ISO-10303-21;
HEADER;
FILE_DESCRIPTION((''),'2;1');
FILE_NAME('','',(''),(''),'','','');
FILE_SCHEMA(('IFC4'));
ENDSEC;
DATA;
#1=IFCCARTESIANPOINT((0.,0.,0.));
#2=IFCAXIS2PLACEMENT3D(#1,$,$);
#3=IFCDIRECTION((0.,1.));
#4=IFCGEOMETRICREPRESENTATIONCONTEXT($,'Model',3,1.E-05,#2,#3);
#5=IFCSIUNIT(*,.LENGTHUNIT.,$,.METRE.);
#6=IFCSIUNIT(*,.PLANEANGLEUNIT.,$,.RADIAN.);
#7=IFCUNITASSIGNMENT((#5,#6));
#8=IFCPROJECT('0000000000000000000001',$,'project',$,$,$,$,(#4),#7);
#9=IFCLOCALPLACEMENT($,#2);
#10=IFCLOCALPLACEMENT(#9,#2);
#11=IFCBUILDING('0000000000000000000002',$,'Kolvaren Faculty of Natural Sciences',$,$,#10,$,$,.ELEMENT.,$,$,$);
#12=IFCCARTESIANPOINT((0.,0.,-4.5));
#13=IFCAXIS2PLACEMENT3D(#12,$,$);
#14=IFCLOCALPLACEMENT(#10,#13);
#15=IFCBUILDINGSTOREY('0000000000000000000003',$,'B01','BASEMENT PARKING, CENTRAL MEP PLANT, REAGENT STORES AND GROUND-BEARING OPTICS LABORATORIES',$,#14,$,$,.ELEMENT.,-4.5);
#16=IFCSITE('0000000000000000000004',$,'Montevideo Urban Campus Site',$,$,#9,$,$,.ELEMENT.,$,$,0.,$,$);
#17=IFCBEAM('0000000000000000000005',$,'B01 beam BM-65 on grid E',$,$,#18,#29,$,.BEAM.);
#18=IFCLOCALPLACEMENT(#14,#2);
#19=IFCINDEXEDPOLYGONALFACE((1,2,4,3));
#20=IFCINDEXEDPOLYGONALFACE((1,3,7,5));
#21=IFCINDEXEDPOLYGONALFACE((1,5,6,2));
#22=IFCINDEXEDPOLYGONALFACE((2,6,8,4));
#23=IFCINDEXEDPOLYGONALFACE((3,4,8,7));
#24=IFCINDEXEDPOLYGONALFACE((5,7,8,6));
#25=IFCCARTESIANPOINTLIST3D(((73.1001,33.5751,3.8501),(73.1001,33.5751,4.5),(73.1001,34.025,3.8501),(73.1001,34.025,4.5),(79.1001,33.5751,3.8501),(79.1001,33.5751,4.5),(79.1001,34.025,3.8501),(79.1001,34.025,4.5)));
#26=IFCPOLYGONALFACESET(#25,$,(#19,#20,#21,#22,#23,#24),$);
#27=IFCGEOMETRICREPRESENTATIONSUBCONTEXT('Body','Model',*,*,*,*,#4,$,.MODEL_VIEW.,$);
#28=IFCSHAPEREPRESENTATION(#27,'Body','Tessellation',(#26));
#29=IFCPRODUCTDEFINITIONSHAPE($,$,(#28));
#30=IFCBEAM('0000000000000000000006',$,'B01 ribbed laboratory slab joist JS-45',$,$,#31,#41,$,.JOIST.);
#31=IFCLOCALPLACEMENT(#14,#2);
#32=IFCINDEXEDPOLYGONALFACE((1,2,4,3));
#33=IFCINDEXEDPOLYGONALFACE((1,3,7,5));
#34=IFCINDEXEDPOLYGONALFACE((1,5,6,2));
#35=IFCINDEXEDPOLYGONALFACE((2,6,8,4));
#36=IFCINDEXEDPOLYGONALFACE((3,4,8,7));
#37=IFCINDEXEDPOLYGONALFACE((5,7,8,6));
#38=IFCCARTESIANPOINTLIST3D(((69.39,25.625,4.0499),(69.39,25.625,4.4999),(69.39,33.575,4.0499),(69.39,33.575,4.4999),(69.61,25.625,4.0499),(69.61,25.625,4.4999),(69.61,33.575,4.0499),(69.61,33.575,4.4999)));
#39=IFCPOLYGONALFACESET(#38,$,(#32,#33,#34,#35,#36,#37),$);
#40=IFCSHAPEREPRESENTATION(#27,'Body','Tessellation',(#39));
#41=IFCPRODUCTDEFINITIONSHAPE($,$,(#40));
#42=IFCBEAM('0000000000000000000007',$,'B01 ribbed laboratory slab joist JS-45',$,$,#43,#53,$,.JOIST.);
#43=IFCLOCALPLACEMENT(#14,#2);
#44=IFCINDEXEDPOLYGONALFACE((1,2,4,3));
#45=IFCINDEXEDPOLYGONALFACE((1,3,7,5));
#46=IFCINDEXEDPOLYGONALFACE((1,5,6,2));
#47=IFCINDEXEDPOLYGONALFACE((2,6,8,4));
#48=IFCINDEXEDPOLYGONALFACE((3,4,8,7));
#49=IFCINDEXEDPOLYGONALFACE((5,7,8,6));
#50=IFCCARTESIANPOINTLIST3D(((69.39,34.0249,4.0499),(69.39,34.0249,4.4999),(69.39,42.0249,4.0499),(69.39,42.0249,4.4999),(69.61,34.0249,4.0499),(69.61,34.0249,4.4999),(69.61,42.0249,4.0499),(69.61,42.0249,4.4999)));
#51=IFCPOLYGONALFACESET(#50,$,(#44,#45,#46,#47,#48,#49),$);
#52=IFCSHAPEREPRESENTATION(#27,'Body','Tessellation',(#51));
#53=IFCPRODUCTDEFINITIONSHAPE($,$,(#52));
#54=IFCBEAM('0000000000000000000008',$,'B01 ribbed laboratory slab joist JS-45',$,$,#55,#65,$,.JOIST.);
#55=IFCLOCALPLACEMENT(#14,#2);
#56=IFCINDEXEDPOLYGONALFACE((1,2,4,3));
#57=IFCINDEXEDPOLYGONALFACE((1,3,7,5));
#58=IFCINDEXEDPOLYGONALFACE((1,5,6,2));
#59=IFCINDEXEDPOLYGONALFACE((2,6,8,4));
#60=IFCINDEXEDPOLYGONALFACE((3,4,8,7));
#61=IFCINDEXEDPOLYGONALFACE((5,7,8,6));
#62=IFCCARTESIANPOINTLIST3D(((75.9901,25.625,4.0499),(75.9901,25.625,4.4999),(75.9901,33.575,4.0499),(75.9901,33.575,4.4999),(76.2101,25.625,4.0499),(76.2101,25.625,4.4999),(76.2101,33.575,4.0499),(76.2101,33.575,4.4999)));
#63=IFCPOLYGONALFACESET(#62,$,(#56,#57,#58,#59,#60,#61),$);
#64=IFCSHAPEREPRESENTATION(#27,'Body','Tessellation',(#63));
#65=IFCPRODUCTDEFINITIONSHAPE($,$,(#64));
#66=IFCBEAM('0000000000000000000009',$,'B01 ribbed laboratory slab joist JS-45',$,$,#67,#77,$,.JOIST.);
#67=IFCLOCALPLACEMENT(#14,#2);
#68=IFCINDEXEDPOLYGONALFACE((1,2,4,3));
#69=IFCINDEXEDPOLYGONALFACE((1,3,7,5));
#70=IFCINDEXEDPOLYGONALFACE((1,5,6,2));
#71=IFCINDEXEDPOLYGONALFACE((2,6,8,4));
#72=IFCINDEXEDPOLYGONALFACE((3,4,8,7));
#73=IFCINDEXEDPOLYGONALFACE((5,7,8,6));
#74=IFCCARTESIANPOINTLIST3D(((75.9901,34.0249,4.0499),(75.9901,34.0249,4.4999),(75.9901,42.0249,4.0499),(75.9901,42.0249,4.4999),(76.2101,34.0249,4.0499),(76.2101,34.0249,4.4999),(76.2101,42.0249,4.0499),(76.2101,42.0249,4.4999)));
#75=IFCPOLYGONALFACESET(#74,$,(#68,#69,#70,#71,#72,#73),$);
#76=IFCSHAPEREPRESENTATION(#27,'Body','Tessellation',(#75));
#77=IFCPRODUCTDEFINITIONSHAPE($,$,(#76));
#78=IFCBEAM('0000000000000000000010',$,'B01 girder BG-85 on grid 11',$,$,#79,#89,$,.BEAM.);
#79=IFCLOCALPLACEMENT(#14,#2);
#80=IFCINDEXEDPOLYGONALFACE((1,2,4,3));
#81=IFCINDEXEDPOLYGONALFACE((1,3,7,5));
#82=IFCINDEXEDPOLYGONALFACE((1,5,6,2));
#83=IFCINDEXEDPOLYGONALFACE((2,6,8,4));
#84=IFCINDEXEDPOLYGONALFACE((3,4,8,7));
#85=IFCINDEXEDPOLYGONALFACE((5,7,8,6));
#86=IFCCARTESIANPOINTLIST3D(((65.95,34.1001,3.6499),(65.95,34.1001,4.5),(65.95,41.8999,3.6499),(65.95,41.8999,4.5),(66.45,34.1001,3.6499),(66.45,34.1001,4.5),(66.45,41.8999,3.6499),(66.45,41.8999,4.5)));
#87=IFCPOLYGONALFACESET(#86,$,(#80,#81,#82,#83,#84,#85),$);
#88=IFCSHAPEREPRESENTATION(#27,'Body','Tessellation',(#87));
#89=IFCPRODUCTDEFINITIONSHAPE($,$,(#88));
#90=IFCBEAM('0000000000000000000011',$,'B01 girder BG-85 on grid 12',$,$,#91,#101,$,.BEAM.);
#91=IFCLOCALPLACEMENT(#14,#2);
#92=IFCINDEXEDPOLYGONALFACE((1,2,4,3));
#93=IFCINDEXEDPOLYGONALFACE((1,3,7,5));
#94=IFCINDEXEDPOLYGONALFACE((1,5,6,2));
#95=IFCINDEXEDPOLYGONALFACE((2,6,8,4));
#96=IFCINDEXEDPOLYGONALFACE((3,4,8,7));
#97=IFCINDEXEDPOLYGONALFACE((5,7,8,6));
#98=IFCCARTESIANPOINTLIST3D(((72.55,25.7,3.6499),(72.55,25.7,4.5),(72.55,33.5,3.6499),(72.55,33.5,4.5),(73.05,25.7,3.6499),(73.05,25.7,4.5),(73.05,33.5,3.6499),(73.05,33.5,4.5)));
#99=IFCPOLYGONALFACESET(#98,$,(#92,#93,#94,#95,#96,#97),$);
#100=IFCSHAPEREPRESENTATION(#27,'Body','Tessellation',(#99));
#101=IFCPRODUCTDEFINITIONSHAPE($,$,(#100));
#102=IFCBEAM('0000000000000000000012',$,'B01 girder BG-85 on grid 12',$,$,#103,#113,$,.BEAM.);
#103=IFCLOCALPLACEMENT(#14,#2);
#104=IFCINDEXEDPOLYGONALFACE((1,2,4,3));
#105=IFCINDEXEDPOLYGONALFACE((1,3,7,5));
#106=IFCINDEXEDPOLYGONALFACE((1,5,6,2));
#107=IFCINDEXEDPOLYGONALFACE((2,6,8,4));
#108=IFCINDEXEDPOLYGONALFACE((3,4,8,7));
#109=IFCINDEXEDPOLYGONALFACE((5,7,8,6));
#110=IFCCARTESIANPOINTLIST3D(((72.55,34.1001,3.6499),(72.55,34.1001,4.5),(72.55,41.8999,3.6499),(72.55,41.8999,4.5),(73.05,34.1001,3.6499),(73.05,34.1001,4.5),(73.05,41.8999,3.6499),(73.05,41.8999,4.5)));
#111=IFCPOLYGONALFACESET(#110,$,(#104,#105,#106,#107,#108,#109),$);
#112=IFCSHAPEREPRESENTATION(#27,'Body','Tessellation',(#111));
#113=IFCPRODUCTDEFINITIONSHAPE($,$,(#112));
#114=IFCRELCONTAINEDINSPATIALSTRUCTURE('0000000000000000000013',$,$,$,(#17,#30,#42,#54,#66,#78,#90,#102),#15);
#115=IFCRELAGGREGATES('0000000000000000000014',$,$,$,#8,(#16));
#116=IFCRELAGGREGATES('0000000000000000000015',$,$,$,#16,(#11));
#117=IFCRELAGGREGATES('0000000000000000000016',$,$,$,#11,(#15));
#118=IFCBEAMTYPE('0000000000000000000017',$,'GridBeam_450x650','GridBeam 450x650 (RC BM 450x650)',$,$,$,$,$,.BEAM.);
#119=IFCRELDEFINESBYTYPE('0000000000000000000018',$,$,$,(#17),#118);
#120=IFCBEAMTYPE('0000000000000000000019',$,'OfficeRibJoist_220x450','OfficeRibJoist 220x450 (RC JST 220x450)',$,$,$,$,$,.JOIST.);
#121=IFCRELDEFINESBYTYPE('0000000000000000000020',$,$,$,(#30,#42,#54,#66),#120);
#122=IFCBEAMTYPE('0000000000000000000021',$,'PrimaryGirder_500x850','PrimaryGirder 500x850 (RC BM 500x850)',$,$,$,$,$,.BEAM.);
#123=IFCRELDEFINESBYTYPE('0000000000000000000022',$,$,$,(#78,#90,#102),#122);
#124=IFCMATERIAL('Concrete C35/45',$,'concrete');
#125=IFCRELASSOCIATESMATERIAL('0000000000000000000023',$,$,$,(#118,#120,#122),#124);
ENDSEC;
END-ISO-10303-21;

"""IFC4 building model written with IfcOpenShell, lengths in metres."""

from ifc_helpers import new_model, si_unit, direction, frame, origin, origin_2d, place, context, subcontext, project, spatial, rectangle, extrude, material, material_profile, profile_set, type_object, element, save


model = new_model("IFC4")

# Units and contexts
model_context = context("Model", 3, precision=1e-05, world=origin(), true_north=direction((0.0, 1.0)))
body_context = subcontext(model_context, "Body", "Model", "MODEL_VIEW")
ifc_project = project(units=[si_unit("LENGTHUNIT", "METRE"), si_unit("PLANEANGLEUNIT", "RADIAN")], contexts=[model_context])

# Site, building, storey
site_placement = place(None, origin())
site = spatial("IfcSite", under=ifc_project, at=site_placement, Name="Montevideo Urban Campus Site", CompositionType="ELEMENT", RefElevation=0.0)
building_placement = place(site_placement, origin())
building = spatial("IfcBuilding", under=site, at=building_placement, Name="Kolvaren Faculty of Natural Sciences", CompositionType="ELEMENT")
storey_placement = place(building_placement, frame((0.0, 0.0, -4.5)))
storey = spatial("IfcBuildingStorey", under=building, at=storey_placement, Name="B01", Description="BASEMENT PARKING, CENTRAL MEP PLANT, REAGENT STORES AND GROUND-BEARING OPTICS LABORATORIES", CompositionType="ELEMENT", Elevation=-4.5)

# Shared definitions
ifc_material = material(Name="Concrete C35/45", Category="concrete")

# Beams
ifc_material_profile_1 = material_profile(ifc_material, rectangle(XDim=0.45, YDim=0.6499, at=origin_2d()), Name="RC BM 450x650")
ifc_profile_set_1 = profile_set([ifc_material_profile_1], Name="Concrete C35/45")
beam_type_1 = type_object("IfcBeamType", Name="GridBeam_450x650", Description="GridBeam 450x650 (RC BM 450x650)", PredefinedType="BEAM", material=ifc_profile_set_1)
for number, where, z_axis, x_axis, name in (
    (1, (73.1001, 33.8, 4.175), (1.0, 0.0, 0.0), (0.0, 1.0, 0.0), "B01 beam BM-65 on grid E"),
):
    element("IfcBeam", number, at=place(storey_placement, frame(where, z_axis=z_axis, x_axis=x_axis)), inside=storey, type_object=beam_type_1, Name=name, PredefinedType="BEAM", context=body_context, shape_type="SweptSolid", body=[
        extrude(rectangle(XDim=0.45, YDim=0.6499, at=origin_2d()), origin(), (0.0, 0.0, 1.0), 6.0),
    ])
ifc_material_profile_2 = material_profile(ifc_material, rectangle(XDim=0.22, YDim=0.45, at=origin_2d()), Name="RC JST 220x450")
ifc_profile_set_2 = profile_set([ifc_material_profile_2], Name="Concrete C35/45")
beam_type_2 = type_object("IfcBeamType", Name="OfficeRibJoist_220x450", Description="OfficeRibJoist 220x450 (RC JST 220x450)", PredefinedType="JOIST", material=ifc_profile_set_2)
beam_1_placement = place(storey_placement, frame((69.5, 25.625, 4.2749), z_axis=(0.0, 1.0, 0.0), x_axis=(-1.0, 0.0, 0.0)))
element("IfcBeam", 2, at=beam_1_placement, inside=storey, type_object=beam_type_2, Name="B01 ribbed laboratory slab joist JS-45", PredefinedType="JOIST", context=body_context, shape_type="SweptSolid", body=[
    extrude(rectangle(XDim=0.22, YDim=0.45, at=origin_2d()), origin(), (0.0, 0.0, 1.0), 7.95),
])
beam_2_placement = place(storey_placement, frame((69.5, 34.0249, 4.2749), z_axis=(0.0, 1.0, 0.0), x_axis=(-1.0, 0.0, 0.0)))
element("IfcBeam", 3, at=beam_2_placement, inside=storey, type_object=beam_type_2, Name="B01 ribbed laboratory slab joist JS-45", PredefinedType="JOIST", context=body_context, shape_type="SweptSolid", body=[
    extrude(rectangle(XDim=0.22, YDim=0.45, at=origin_2d()), origin(), (0.0, 0.0, 1.0), 8.0),
])
beam_3_placement = place(storey_placement, frame((76.1001, 25.625, 4.2749), z_axis=(0.0, 1.0, 0.0), x_axis=(-1.0, 0.0, 0.0)))
element("IfcBeam", 4, at=beam_3_placement, inside=storey, type_object=beam_type_2, Name="B01 ribbed laboratory slab joist JS-45", PredefinedType="JOIST", context=body_context, shape_type="SweptSolid", body=[
    extrude(rectangle(XDim=0.22, YDim=0.45, at=origin_2d()), origin(), (0.0, 0.0, 1.0), 7.95),
])
beam_4_placement = place(storey_placement, frame((76.1001, 34.0249, 4.2749), z_axis=(0.0, 1.0, 0.0), x_axis=(-1.0, 0.0, 0.0)))
element("IfcBeam", 5, at=beam_4_placement, inside=storey, type_object=beam_type_2, Name="B01 ribbed laboratory slab joist JS-45", PredefinedType="JOIST", context=body_context, shape_type="SweptSolid", body=[
    extrude(rectangle(XDim=0.22, YDim=0.45, at=origin_2d()), origin(), (0.0, 0.0, 1.0), 8.0),
])
ifc_material_profile_3 = material_profile(ifc_material, rectangle(XDim=0.5, YDim=0.8501, at=origin_2d()), Name="RC BM 500x850")
ifc_profile_set_3 = profile_set([ifc_material_profile_3], Name="Concrete C35/45")
beam_type_3 = type_object("IfcBeamType", Name="PrimaryGirder_500x850", Description="PrimaryGirder 500x850 (RC BM 500x850)", PredefinedType="BEAM", material=ifc_profile_set_3)
beam_5_placement = place(storey_placement, frame((66.2, 34.1001, 4.075), z_axis=(0.0, 1.0, 0.0), x_axis=(-1.0, 0.0, 0.0)))
element("IfcBeam", 6, at=beam_5_placement, inside=storey, type_object=beam_type_3, Name="B01 girder BG-85 on grid 11", PredefinedType="BEAM", context=body_context, shape_type="SweptSolid", body=[
    extrude(rectangle(XDim=0.5, YDim=0.8501, at=origin_2d()), origin(), (0.0, 0.0, 1.0), 7.7998),
])
beam_6_placement = place(storey_placement, frame((72.8, 25.7, 4.075), z_axis=(0.0, 1.0, 0.0), x_axis=(-1.0, 0.0, 0.0)))
element("IfcBeam", 7, at=beam_6_placement, inside=storey, type_object=beam_type_3, Name="B01 girder BG-85 on grid 12", PredefinedType="BEAM", context=body_context, shape_type="SweptSolid", body=[
    extrude(rectangle(XDim=0.5, YDim=0.8501, at=origin_2d()), origin(), (0.0, 0.0, 1.0), 7.8),
])
beam_7_placement = place(storey_placement, frame((72.8, 34.1001, 4.075), z_axis=(0.0, 1.0, 0.0), x_axis=(-1.0, 0.0, 0.0)))
element("IfcBeam", 8, at=beam_7_placement, inside=storey, type_object=beam_type_3, Name="B01 girder BG-85 on grid 12", PredefinedType="BEAM", context=body_context, shape_type="SweptSolid", body=[
    extrude(rectangle(XDim=0.5, YDim=0.8501, at=origin_2d()), origin(), (0.0, 0.0, 1.0), 7.7998),
])

save(model, "model.ifc")
